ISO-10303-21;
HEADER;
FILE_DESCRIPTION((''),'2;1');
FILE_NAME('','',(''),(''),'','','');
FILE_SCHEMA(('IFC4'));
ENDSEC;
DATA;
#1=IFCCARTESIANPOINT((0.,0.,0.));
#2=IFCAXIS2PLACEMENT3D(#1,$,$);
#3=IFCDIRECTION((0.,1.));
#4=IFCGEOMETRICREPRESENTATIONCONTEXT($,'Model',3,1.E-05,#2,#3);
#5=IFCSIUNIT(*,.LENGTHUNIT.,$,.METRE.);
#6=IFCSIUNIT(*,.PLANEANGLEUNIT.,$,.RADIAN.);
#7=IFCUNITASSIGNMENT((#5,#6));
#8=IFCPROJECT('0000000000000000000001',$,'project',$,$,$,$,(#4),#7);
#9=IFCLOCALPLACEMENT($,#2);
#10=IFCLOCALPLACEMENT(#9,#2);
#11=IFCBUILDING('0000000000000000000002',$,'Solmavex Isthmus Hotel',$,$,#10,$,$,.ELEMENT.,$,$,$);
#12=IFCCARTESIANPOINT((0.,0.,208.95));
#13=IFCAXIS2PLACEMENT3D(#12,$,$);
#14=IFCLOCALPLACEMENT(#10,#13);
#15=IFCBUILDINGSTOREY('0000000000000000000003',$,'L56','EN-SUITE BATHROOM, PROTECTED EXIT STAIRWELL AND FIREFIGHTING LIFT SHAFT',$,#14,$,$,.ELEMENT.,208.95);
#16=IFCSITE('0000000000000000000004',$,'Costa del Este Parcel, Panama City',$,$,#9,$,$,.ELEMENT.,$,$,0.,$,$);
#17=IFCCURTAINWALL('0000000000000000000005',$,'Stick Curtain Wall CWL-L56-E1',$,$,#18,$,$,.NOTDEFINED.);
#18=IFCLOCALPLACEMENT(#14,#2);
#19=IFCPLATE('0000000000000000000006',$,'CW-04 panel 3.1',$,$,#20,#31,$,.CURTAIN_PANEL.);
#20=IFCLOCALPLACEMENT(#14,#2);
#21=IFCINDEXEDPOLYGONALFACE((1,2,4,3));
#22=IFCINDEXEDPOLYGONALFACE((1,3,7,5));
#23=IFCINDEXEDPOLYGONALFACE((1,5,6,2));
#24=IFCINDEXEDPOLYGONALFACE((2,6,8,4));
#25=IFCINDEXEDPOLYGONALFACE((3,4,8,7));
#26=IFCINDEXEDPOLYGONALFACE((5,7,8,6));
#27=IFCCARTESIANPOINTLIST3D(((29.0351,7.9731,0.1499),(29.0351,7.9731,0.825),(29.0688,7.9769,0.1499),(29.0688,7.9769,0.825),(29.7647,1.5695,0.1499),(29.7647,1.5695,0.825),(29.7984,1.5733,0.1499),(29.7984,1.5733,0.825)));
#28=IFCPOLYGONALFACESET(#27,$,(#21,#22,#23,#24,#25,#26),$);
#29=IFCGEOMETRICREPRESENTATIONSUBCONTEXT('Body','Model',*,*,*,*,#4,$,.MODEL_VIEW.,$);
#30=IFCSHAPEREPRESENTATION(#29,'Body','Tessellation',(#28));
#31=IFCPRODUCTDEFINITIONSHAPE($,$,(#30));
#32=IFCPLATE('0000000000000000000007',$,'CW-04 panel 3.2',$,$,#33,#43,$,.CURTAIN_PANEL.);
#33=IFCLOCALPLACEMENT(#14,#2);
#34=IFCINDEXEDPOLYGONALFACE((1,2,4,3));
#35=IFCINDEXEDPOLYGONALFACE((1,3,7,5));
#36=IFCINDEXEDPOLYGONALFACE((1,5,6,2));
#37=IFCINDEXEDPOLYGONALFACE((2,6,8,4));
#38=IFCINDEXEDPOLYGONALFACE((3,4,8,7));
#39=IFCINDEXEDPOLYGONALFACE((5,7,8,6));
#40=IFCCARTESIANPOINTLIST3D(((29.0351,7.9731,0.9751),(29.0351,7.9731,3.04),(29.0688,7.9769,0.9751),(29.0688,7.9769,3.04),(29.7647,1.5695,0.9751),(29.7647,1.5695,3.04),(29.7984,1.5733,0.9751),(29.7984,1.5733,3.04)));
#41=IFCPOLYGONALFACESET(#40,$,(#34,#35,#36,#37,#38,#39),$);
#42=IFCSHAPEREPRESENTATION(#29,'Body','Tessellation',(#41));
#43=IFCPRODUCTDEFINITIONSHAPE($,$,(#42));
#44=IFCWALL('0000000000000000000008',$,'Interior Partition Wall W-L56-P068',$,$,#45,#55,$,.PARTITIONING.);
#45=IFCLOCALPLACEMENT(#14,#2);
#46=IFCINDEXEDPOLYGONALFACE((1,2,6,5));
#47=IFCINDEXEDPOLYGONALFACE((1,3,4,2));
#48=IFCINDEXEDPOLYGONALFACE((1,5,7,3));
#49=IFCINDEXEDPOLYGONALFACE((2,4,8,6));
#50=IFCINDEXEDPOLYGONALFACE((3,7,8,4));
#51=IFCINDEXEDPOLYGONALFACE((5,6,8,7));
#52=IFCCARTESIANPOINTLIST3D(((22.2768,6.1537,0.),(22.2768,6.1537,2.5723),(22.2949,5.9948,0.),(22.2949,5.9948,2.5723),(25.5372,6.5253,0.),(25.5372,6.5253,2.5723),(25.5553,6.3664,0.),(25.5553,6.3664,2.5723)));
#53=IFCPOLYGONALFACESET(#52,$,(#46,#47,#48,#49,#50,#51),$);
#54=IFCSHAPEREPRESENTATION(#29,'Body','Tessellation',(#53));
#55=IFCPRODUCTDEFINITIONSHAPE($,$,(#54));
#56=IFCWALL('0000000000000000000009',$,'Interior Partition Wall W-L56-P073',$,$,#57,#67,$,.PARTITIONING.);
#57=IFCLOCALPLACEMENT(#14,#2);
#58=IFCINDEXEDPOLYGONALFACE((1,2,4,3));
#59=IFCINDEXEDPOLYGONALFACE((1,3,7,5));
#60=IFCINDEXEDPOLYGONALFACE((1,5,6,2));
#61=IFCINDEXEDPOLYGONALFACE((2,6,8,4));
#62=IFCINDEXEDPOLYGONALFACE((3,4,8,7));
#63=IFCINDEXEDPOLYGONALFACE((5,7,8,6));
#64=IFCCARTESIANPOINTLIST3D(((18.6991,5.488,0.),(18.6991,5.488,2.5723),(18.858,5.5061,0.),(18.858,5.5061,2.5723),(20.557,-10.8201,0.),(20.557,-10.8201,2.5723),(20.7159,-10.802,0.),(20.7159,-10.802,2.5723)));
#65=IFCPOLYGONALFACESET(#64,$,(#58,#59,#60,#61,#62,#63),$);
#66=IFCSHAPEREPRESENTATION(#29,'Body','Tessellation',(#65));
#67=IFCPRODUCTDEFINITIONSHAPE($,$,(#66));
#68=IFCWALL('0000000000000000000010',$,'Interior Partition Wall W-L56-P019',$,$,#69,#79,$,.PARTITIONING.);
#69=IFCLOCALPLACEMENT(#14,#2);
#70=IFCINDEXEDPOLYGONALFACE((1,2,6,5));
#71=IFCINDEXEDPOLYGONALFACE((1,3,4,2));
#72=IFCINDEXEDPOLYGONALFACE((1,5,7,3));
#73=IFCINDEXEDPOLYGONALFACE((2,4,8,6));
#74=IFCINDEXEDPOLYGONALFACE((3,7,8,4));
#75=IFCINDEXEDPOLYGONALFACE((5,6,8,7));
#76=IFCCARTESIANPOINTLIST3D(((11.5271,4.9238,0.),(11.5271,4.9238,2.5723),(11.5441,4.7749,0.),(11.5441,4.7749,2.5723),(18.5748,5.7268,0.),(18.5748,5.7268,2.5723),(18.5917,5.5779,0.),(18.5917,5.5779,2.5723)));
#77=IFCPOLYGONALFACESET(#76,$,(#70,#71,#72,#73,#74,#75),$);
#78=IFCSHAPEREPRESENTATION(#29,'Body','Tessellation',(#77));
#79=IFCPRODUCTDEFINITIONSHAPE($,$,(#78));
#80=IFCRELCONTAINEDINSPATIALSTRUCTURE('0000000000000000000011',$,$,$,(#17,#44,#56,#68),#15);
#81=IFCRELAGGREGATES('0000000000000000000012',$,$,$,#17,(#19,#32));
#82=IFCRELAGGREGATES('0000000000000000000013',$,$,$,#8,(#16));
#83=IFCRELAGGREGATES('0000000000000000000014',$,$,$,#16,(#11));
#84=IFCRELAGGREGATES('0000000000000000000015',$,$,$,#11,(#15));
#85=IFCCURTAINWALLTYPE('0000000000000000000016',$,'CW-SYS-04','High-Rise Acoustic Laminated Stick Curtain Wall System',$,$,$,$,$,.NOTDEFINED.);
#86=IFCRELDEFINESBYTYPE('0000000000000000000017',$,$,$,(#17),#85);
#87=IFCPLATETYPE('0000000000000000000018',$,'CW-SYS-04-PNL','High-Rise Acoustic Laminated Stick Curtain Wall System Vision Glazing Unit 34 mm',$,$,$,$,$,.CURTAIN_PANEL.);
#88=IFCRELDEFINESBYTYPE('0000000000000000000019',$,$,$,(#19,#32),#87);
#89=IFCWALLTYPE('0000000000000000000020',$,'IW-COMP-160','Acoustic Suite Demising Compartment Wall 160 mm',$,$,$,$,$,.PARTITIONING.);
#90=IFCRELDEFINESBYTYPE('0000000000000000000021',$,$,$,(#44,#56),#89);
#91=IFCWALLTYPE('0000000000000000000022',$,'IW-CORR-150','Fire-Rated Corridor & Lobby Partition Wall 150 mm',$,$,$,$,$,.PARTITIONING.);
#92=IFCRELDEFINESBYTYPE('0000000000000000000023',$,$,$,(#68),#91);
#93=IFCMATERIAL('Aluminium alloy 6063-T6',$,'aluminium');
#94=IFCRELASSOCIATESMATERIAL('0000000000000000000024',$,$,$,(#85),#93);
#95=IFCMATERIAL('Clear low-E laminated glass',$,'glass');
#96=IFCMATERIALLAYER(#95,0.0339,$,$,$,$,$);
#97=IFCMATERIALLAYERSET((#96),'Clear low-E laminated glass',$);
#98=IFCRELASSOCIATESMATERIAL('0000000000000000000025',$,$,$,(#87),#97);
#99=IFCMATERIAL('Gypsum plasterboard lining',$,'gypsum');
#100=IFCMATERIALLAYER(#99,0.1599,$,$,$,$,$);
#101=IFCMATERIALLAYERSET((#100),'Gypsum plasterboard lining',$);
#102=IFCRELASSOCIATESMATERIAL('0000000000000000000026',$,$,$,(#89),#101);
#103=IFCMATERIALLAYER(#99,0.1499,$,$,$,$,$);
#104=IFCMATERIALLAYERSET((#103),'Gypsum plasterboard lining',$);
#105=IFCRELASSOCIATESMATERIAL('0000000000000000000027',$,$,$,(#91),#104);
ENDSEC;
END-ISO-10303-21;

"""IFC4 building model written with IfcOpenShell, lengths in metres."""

from ifc_helpers import new_model, si_unit, direction, frame, frame_2d, origin, origin_2d, place, context, subcontext, project, spatial, rectangle, extrude, material, layer, layer_set, type_object, element, aggregate, save


model = new_model("IFC4")

# Units and contexts
model_context = context("Model", 3, precision=1e-05, world=origin(), true_north=direction((0.0, 1.0)))
body_context = subcontext(model_context, "Body", "Model", "MODEL_VIEW")
ifc_project = project(units=[si_unit("LENGTHUNIT", "METRE"), si_unit("PLANEANGLEUNIT", "RADIAN")], contexts=[model_context])

# Site, building, storey
site_placement = place(None, origin())
site = spatial("IfcSite", under=ifc_project, at=site_placement, Name="Costa del Este Parcel, Panama City", CompositionType="ELEMENT", RefElevation=0.0)
building_placement = place(site_placement, origin())
building = spatial("IfcBuilding", under=site, at=building_placement, Name="Solmavex Isthmus Hotel", CompositionType="ELEMENT")
storey_placement = place(building_placement, frame((0.0, 0.0, 208.95)))
storey = spatial("IfcBuildingStorey", under=building, at=storey_placement, Name="L56", Description="EN-SUITE BATHROOM, PROTECTED EXIT STAIRWELL AND FIREFIGHTING LIFT SHAFT", CompositionType="ELEMENT", Elevation=208.95)

# Curtain wall, plates
ifc_material_1 = material(Name="Aluminium alloy 6063-T6", Category="aluminium")
curtain_wall_type = type_object("IfcCurtainWallType", Name="CW-SYS-04", Description="High-Rise Acoustic Laminated Stick Curtain Wall System", PredefinedType="NOTDEFINED", material=ifc_material_1)
curtain_wall_placement = place(storey_placement, origin())
curtain_wall = element("IfcCurtainWall", 1, at=curtain_wall_placement, inside=storey, type_object=curtain_wall_type, Name="Stick Curtain Wall CWL-L56-E1", PredefinedType="NOTDEFINED")
ifc_material_2 = material(Name="Clear low-E laminated glass", Category="glass")
ifc_layer_1 = layer(ifc_material_2, 0.0339)
ifc_layer_set_1 = layer_set([ifc_layer_1], Name="Clear low-E laminated glass")
plate_type = type_object("IfcPlateType", Name="CW-SYS-04-PNL", Description="High-Rise Acoustic Laminated Stick Curtain Wall System Vision Glazing Unit 34 mm", PredefinedType="CURTAIN_PANEL", material=ifc_layer_set_1)
plate_1_placement = place(storey_placement, frame((29.4167, 4.7732, 0.1499), z_axis=(0.0, 0.0, 1.0), x_axis=(-0.113203, 0.993572, 0.0)))
plate_1 = element("IfcPlate", 2, at=plate_1_placement, type_object=plate_type, Name="CW-04 panel 3.1", PredefinedType="CURTAIN_PANEL", context=body_context, shape_type="SweptSolid", body=[
    extrude(rectangle(XDim=6.4451, YDim=0.0339, at=origin_2d()), origin(), (0.0, 0.0, 1.0), 0.675),
])
plate_2_placement = place(storey_placement, frame((29.4167, 4.7732, 0.9751), z_axis=(0.0, 0.0, 1.0), x_axis=(-0.113203, 0.993572, 0.0)))
plate_2 = element("IfcPlate", 3, at=plate_2_placement, type_object=plate_type, Name="CW-04 panel 3.2", PredefinedType="CURTAIN_PANEL", context=body_context, shape_type="SweptSolid", body=[
    extrude(rectangle(XDim=6.4451, YDim=0.0339, at=origin_2d()), origin(), (0.0, 0.0, 1.0), 2.0649),
])
aggregate(curtain_wall, [plate_1, plate_2])

# Walls
ifc_material_3 = material(Name="Gypsum plasterboard lining", Category="gypsum")
ifc_layer_2 = layer(ifc_material_3, 0.1599)
ifc_layer_set_2 = layer_set([ifc_layer_2], Name="Gypsum plasterboard lining")
wall_type_1 = type_object("IfcWallType", Name="IW-COMP-160", Description="Acoustic Suite Demising Compartment Wall 160 mm", PredefinedType="PARTITIONING", material=ifc_layer_set_2)
wall_1_placement = place(storey_placement, frame((25.5461, 6.4458, 0.0), z_axis=(0.0, 0.0, 1.0), x_axis=(-0.993569, -0.113232, 0.0)))
element("IfcWall", 4, at=wall_1_placement, inside=storey, type_object=wall_type_1, Name="Interior Partition Wall W-L56-P068", PredefinedType="PARTITIONING", context=body_context, shape_type="SweptSolid", body=[
    extrude(rectangle(XDim=3.2815, YDim=0.1599, at=frame_2d((1.6406, 0.0))), origin(), (0.0, 0.0, 1.0), 2.5723),
])
wall_2_placement = place(storey_placement, frame((18.7786, 5.4971, 0.0), z_axis=(0.0, 0.0, 1.0), x_axis=(0.113193, -0.993573, 0.0)))
element("IfcWall", 5, at=wall_2_placement, inside=storey, type_object=wall_type_1, Name="Interior Partition Wall W-L56-P073", PredefinedType="PARTITIONING", context=body_context, shape_type="SweptSolid", body=[
    extrude(rectangle(XDim=16.4136, YDim=0.1599, at=frame_2d((8.2068, 0.0))), origin(), (0.0, 0.0, 1.0), 2.5723),
])
ifc_layer_3 = layer(ifc_material_3, 0.1499)
ifc_layer_set_3 = layer_set([ifc_layer_3], Name="Gypsum plasterboard lining")
wall_type_2 = type_object("IfcWallType", Name="IW-CORR-150", Description="Fire-Rated Corridor & Lobby Partition Wall 150 mm", PredefinedType="PARTITIONING", material=ifc_layer_set_3)
wall_3_placement = place(storey_placement, frame((18.5833, 5.6523, 0.0), z_axis=(0.0, 0.0, 1.0), x_axis=(-0.993572, -0.113204, 0.0)))
element("IfcWall", 6, at=wall_3_placement, inside=storey, type_object=wall_type_2, Name="Interior Partition Wall W-L56-P019", PredefinedType="PARTITIONING", context=body_context, shape_type="SweptSolid", body=[
    extrude(rectangle(XDim=7.0933, YDim=0.1499, at=frame_2d((3.5466, 0.0))), origin(), (0.0, 0.0, 1.0), 2.5723),
])

save(model, "model.ifc")
